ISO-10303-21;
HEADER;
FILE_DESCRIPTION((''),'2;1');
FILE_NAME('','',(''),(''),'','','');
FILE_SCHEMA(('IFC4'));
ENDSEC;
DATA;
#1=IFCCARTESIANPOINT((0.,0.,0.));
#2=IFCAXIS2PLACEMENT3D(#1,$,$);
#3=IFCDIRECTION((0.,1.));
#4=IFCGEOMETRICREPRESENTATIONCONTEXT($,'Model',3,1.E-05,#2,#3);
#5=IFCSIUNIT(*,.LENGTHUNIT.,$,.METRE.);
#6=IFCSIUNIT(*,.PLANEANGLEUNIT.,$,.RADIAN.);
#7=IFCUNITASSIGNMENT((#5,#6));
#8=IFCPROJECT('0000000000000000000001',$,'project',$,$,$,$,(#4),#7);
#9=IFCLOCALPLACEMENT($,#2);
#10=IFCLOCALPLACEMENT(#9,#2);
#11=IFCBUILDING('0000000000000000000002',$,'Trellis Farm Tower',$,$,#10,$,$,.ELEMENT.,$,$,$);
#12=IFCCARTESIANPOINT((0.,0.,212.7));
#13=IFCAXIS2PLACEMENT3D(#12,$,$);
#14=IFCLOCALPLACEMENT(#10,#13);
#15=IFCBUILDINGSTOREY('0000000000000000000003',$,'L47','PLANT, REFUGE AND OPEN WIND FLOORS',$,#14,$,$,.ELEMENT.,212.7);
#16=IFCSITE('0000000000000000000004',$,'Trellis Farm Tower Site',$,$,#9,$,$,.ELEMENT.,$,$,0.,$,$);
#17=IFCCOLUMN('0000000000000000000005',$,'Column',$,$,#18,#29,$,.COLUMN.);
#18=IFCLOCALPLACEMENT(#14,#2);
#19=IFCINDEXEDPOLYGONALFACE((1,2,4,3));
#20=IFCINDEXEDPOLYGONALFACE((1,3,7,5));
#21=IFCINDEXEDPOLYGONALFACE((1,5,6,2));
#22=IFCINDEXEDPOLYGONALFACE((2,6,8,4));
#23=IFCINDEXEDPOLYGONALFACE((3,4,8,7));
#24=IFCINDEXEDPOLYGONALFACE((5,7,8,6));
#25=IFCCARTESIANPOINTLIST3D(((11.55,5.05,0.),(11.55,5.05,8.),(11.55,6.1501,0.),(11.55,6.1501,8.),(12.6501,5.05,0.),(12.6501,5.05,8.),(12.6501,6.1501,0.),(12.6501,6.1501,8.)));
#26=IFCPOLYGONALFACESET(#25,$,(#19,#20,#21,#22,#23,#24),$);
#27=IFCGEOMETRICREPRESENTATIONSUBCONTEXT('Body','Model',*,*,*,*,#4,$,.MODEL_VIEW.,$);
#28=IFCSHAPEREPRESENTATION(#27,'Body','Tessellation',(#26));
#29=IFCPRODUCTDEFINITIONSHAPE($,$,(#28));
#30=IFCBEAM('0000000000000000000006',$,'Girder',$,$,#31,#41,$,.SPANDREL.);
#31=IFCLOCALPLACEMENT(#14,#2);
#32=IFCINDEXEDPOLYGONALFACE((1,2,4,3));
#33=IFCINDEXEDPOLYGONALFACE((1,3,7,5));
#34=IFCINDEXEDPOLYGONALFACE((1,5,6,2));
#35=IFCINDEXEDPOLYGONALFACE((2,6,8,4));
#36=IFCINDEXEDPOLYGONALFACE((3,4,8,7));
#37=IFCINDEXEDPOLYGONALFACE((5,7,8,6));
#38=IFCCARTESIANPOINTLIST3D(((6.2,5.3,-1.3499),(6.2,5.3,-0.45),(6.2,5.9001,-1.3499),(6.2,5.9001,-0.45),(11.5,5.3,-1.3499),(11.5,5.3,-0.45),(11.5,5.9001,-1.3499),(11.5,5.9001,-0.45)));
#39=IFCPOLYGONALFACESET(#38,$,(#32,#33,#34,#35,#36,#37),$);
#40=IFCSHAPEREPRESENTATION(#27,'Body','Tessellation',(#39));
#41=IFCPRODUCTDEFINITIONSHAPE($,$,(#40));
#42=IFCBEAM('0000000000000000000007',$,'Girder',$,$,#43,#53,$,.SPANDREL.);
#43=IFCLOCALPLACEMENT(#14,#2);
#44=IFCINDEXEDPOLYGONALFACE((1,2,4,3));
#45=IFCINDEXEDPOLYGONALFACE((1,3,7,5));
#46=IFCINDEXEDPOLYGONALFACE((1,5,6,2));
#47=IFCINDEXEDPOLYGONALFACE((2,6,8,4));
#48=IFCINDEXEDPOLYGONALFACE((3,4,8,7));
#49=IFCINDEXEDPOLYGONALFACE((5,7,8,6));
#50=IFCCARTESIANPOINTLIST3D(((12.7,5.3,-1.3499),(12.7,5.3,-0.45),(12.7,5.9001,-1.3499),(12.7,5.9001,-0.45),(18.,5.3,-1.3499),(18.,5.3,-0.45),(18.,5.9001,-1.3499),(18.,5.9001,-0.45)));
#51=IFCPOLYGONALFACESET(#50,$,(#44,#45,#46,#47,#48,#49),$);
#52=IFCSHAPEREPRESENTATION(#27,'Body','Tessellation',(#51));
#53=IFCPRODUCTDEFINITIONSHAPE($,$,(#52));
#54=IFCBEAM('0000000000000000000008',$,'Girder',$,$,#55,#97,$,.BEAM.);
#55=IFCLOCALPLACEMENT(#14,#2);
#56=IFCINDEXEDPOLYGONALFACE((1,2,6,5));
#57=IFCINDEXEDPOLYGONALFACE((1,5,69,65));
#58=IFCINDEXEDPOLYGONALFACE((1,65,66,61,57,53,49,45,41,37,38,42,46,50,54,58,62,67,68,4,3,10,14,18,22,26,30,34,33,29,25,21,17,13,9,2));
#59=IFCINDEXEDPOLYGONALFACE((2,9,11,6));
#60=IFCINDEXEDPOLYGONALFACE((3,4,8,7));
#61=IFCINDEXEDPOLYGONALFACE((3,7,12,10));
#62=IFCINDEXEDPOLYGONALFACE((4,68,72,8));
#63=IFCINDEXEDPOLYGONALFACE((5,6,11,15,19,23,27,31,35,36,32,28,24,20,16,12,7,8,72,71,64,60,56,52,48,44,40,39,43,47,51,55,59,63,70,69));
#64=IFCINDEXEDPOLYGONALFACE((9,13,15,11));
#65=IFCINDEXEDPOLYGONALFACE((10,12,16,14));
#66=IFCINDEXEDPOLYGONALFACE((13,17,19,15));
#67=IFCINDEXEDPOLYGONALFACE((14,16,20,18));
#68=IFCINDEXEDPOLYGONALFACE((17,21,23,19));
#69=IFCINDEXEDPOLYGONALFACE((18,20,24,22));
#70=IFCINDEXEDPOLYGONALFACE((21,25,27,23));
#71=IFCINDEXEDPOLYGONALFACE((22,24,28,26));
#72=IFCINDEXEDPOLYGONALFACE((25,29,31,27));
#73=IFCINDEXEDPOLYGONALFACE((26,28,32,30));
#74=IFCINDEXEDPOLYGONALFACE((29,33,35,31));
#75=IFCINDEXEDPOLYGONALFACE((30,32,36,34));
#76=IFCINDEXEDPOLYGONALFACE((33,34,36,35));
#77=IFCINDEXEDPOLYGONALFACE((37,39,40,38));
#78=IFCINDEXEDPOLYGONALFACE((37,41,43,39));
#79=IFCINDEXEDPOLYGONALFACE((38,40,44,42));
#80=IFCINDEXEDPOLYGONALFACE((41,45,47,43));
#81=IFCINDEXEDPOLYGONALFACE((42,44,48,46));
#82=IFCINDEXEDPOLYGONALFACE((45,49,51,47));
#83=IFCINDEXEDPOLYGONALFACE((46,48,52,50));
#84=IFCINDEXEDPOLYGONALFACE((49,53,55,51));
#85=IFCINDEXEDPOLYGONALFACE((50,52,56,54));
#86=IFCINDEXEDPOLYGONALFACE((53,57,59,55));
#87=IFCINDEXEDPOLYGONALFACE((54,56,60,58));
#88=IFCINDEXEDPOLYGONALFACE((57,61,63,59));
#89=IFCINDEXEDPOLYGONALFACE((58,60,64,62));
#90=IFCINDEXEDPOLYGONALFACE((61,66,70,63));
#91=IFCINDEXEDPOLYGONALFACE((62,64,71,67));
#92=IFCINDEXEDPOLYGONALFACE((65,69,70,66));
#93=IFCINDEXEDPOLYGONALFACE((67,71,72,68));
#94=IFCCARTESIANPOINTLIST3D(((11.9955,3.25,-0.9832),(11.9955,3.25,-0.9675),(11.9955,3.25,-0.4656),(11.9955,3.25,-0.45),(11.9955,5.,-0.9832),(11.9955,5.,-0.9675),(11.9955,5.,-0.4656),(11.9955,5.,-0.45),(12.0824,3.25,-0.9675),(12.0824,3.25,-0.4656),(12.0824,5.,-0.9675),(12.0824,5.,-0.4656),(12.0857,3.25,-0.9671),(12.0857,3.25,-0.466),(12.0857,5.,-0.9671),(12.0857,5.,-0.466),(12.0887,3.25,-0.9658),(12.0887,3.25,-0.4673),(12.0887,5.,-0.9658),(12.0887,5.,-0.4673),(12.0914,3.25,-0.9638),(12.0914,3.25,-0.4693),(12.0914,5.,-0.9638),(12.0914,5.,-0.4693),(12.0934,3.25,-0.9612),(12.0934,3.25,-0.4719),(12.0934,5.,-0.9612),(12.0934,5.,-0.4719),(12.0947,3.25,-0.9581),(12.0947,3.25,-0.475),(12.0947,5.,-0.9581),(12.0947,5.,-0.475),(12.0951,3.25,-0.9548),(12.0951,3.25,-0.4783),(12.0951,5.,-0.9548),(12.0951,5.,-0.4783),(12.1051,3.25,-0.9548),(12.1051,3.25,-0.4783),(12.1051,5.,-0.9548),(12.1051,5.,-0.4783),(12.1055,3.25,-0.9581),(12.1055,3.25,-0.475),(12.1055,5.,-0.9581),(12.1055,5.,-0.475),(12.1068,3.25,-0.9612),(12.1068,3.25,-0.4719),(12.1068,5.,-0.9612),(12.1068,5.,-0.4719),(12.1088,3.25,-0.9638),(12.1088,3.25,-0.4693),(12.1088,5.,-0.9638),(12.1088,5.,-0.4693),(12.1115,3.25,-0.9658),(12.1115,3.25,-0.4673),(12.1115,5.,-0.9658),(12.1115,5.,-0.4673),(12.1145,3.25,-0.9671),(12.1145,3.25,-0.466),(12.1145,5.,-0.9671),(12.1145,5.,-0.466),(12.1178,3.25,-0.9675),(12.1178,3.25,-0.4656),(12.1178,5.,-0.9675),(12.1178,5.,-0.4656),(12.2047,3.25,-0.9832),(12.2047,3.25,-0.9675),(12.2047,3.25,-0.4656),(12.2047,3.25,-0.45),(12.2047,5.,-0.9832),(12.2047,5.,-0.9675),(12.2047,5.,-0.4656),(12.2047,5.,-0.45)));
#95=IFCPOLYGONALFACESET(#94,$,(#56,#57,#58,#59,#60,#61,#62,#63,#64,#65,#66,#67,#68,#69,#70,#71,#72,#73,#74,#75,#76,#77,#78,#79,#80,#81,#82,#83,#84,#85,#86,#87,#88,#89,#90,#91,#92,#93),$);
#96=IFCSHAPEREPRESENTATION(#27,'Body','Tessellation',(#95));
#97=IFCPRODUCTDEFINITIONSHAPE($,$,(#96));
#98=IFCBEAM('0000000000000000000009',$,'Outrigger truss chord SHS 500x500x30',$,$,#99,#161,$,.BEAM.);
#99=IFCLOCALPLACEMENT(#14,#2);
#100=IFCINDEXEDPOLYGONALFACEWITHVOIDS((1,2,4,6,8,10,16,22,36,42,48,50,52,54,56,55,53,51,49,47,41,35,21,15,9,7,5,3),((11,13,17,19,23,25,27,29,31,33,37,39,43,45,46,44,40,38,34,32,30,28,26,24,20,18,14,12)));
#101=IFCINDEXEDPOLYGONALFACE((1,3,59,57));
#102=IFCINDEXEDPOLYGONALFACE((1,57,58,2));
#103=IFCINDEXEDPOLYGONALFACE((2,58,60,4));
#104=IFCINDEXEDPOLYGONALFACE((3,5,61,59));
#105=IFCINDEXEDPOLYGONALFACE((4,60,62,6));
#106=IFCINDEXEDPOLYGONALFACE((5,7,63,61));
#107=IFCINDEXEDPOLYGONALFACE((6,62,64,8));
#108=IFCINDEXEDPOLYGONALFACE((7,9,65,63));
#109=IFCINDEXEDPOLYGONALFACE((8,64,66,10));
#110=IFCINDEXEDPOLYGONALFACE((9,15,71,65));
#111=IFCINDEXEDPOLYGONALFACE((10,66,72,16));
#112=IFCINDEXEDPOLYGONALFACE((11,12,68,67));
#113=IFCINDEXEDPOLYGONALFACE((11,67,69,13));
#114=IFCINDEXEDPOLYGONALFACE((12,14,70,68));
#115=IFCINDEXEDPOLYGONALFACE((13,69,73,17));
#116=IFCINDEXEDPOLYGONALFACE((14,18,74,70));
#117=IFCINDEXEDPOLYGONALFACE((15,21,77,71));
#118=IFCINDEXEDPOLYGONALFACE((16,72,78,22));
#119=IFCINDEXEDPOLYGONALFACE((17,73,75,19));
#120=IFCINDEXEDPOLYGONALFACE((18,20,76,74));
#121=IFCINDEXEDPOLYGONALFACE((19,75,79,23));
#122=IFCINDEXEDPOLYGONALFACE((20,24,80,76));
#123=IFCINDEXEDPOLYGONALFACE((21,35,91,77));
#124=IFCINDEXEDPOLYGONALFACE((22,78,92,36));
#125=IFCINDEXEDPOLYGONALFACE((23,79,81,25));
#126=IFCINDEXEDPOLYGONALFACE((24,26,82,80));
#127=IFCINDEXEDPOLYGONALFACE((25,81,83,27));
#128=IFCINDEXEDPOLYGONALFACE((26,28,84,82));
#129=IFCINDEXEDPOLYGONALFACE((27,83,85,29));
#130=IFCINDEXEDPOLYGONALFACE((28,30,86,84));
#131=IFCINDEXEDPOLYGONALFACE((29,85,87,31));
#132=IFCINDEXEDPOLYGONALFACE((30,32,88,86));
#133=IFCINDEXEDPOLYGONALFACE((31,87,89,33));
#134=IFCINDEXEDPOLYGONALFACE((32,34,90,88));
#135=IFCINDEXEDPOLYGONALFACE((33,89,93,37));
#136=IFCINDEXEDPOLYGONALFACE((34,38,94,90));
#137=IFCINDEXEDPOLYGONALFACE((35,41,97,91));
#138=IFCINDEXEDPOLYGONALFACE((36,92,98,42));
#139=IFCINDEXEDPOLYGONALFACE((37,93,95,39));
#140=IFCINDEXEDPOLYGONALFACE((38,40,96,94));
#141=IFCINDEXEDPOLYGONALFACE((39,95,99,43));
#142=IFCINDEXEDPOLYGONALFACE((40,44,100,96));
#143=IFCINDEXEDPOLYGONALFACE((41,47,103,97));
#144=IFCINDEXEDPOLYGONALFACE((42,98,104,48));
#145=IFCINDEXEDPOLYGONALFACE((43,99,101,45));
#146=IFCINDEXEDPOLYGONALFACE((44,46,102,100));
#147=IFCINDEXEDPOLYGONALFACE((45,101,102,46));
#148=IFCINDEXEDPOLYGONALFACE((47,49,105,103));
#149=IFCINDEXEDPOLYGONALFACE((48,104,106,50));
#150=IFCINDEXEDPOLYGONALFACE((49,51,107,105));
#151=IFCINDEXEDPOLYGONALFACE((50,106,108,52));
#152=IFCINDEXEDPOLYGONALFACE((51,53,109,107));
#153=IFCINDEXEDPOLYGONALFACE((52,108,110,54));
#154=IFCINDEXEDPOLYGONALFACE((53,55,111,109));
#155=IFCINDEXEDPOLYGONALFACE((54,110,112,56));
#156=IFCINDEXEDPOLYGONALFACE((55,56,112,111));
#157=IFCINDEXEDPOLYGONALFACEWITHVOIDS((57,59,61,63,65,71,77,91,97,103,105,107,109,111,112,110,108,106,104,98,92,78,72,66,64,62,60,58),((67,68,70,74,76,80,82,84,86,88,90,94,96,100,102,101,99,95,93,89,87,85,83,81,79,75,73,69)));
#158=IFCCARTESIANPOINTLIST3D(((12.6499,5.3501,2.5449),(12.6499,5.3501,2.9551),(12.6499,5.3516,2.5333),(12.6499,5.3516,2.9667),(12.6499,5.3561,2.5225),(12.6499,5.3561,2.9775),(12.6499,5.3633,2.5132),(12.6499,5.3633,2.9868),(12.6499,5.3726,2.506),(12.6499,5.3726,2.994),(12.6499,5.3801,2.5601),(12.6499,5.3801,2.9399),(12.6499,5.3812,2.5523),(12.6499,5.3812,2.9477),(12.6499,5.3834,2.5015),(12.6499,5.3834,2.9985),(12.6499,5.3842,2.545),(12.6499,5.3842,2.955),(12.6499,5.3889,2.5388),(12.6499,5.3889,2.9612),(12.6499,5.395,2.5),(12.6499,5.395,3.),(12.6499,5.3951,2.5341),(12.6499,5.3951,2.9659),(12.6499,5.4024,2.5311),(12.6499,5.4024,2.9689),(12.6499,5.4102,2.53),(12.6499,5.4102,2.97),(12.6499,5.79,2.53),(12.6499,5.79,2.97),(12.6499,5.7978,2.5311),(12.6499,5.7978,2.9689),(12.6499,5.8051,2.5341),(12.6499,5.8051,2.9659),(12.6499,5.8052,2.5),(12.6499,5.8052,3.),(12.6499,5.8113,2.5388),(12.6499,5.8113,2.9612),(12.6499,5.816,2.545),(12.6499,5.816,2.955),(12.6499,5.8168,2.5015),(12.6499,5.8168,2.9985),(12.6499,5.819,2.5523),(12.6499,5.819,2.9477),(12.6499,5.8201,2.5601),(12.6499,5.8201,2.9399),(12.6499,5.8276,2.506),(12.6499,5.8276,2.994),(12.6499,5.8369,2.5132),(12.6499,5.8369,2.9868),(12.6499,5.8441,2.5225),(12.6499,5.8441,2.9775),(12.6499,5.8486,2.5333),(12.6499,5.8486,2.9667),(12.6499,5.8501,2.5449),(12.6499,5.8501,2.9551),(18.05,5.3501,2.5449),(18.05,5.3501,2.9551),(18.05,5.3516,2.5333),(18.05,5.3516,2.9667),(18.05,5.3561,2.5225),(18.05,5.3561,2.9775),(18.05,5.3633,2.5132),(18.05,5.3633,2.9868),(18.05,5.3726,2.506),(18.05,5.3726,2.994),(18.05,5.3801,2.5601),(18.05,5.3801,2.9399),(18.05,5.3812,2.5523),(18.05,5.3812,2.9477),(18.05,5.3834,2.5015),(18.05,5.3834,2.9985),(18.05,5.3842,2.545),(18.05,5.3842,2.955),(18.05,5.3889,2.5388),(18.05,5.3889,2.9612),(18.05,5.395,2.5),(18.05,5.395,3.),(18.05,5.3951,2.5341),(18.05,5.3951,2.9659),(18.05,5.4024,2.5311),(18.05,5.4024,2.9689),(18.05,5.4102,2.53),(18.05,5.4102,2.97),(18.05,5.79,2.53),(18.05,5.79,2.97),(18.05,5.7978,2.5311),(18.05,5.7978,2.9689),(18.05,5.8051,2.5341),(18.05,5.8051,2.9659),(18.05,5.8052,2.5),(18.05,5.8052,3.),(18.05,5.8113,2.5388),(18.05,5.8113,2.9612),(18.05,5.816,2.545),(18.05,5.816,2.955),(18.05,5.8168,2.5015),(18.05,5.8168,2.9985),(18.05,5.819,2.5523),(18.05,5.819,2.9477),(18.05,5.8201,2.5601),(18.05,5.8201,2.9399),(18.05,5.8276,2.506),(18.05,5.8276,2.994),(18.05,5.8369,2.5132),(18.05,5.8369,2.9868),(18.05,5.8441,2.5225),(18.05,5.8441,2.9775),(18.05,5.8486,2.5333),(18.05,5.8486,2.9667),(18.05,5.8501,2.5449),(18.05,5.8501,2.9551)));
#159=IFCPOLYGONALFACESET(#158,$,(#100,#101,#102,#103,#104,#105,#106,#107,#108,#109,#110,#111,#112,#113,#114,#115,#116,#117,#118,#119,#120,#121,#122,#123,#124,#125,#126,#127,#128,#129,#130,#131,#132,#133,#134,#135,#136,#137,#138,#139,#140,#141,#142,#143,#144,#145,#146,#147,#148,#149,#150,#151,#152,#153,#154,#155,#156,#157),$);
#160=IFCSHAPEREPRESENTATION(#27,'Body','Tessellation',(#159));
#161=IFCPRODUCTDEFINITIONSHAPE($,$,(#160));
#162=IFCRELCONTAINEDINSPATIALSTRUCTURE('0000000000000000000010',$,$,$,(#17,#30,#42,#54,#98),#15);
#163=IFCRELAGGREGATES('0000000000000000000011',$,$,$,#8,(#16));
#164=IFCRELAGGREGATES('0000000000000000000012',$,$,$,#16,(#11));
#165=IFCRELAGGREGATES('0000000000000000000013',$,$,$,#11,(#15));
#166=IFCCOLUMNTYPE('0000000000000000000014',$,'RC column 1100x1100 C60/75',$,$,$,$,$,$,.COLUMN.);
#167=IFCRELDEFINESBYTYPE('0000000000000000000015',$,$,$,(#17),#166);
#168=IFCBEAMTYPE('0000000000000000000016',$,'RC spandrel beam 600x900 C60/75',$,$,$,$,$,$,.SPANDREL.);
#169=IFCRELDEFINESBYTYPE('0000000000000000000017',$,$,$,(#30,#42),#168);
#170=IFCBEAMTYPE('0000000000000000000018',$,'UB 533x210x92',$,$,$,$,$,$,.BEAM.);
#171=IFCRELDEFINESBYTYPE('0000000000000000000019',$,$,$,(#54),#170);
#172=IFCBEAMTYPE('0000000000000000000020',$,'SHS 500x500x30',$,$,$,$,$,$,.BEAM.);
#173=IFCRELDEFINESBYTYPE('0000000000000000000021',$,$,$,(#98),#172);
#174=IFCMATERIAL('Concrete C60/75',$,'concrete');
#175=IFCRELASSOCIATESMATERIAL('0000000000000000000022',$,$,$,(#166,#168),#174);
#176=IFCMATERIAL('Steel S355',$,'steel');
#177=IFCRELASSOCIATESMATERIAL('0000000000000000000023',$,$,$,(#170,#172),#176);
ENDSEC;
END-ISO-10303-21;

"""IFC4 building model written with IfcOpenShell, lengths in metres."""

from ifc_helpers import new_model, si_unit, direction, frame, origin, origin_2d, place, context, subcontext, project, spatial, rectangle, hollow_rectangle, i_section, extrude, source, transform, mapped, material, material_profile, profile_set, type_object, element, save


model = new_model("IFC4")

# Units and contexts
model_context = context("Model", 3, precision=1e-05, world=origin(), true_north=direction((0.0, 1.0)))
body_context = subcontext(model_context, "Body", "Model", "MODEL_VIEW")
ifc_project = project(units=[si_unit("LENGTHUNIT", "METRE"), si_unit("PLANEANGLEUNIT", "RADIAN")], contexts=[model_context])

# Site, building, storey
site_placement = place(None, origin())
site = spatial("IfcSite", under=ifc_project, at=site_placement, Name="Trellis Farm Tower Site", CompositionType="ELEMENT", RefElevation=0.0)
building_placement = place(site_placement, origin())
building = spatial("IfcBuilding", under=site, at=building_placement, Name="Trellis Farm Tower", CompositionType="ELEMENT")
storey_placement = place(building_placement, frame((0.0, 0.0, 212.7)))
storey = spatial("IfcBuildingStorey", under=building, at=storey_placement, Name="L47", Description="PLANT, REFUGE AND OPEN WIND FLOORS", CompositionType="ELEMENT", Elevation=212.7)

# Column
ifc_material_1 = material(Name="Concrete C60/75", Category="concrete")
ifc_material_profile_1 = material_profile(ifc_material_1, rectangle(XDim=1.1001, YDim=1.1001, at=origin_2d()), Name="RC column 1100x1100 C60/75")
ifc_profile_set_1 = profile_set([ifc_material_profile_1], Name="Concrete C60/75")
column_type = type_object("IfcColumnType", Name="RC column 1100x1100 C60/75", PredefinedType="COLUMN", material=ifc_profile_set_1)
shared_shape_1 = source(origin(), body_context, "Body", "SweptSolid", [
    extrude(rectangle(XDim=1.1001, YDim=1.1001, at=origin_2d()), origin(), (0.0, 0.0, 1.0), 8.0),
])
column_placement = place(storey_placement, frame((12.1001, 5.6001, 0.0), z_axis=(0.0, 0.0, 1.0), x_axis=(1.0, 0.0, 0.0)))
element("IfcColumn", 1, at=column_placement, inside=storey, type_object=column_type, Name="Column", PredefinedType="COLUMN", context=body_context, shape_type="MappedRepresentation", body=[
    mapped(shared_shape_1, transform((0.0, 0.0, 0.0))),
])

# Beams
ifc_material_profile_2 = material_profile(ifc_material_1, rectangle(XDim=0.6001, YDim=0.8999, at=origin_2d()), Name="RC spandrel beam 600x900 C60/75")
ifc_profile_set_2 = profile_set([ifc_material_profile_2], Name="Concrete C60/75")
beam_type_1 = type_object("IfcBeamType", Name="RC spandrel beam 600x900 C60/75", PredefinedType="SPANDREL", material=ifc_profile_set_2)
shared_shape_2 = source(origin(), body_context, "Body", "SweptSolid", [
    extrude(rectangle(XDim=0.6001, YDim=0.8999, at=origin_2d()), origin(), (0.0, 0.0, 1.0), 5.3),
])
for number, where, z_axis, x_axis, name in (
    (2, (6.2, 5.6001, -0.8999), (1.0, 0.0, 0.0), (0.0, 1.0, 0.0), "Girder"),
    (3, (12.7, 5.6001, -0.8999), (1.0, 0.0, 0.0), (0.0, 1.0, 0.0), "Girder"),
):
    element("IfcBeam", number, at=place(storey_placement, frame(where, z_axis=z_axis, x_axis=x_axis)), inside=storey, type_object=beam_type_1, Name=name, PredefinedType="SPANDREL", context=body_context, shape_type="MappedRepresentation", body=[
        mapped(shared_shape_2, transform((0.0, 0.0, 0.0))),
    ])
ifc_material_2 = material(Name="Steel S355", Category="steel")
ifc_material_profile_3 = material_profile(ifc_material_2, i_section(OverallWidth=0.2092, OverallDepth=0.5332, WebThickness=0.01, FlangeThickness=0.0156, FilletRadius=0.0127, at=origin_2d()), Name="UB 533x210x92")
ifc_profile_set_3 = profile_set([ifc_material_profile_3], Name="Steel S355")
beam_type_2 = type_object("IfcBeamType", Name="UB 533x210x92", PredefinedType="BEAM", material=ifc_profile_set_3)
shared_shape_3 = source(origin(), body_context, "Body", "SweptSolid", [
    extrude(i_section(OverallWidth=0.2092, OverallDepth=0.5332, WebThickness=0.01, FlangeThickness=0.0156, FilletRadius=0.0127, at=origin_2d()), origin(), (0.0, 0.0, 1.0), 1.75),
])
beam_1_placement = place(storey_placement, frame((12.1001, 3.25, -0.7166), z_axis=(0.0, 1.0, 0.0), x_axis=(-1.0, 0.0, 0.0)))
element("IfcBeam", 4, at=beam_1_placement, inside=storey, type_object=beam_type_2, Name="Girder", PredefinedType="BEAM", context=body_context, shape_type="MappedRepresentation", body=[
    mapped(shared_shape_3, transform((0.0, 0.0, 0.0))),
])
ifc_material_profile_4 = material_profile(ifc_material_2, hollow_rectangle(XDim=0.5, YDim=0.5, WallThickness=0.03, InnerFilletRadius=0.03, OuterFilletRadius=0.0449, at=origin_2d()), Name="SHS 500x500x30")
ifc_profile_set_4 = profile_set([ifc_material_profile_4], Name="Steel S355")
beam_type_3 = type_object("IfcBeamType", Name="SHS 500x500x30", PredefinedType="BEAM", material=ifc_profile_set_4)
shared_shape_4 = source(origin(), body_context, "Body", "SweptSolid", [
    extrude(hollow_rectangle(XDim=0.5, YDim=0.5, WallThickness=0.03, InnerFilletRadius=0.03, OuterFilletRadius=0.0449, at=origin_2d()), origin(), (0.0, 0.0, 1.0), 5.4001),
])
beam_2_placement = place(storey_placement, frame((12.6499, 5.6001, 2.75), z_axis=(1.0, 0.0, 0.0), x_axis=(0.0, 1.0, 0.0)))
element("IfcBeam", 5, at=beam_2_placement, inside=storey, type_object=beam_type_3, Name="Outrigger truss chord SHS 500x500x30", PredefinedType="BEAM", context=body_context, shape_type="MappedRepresentation", body=[
    mapped(shared_shape_4, transform((0.0, 0.0, 0.0))),
])

save(model, "model.ifc")
